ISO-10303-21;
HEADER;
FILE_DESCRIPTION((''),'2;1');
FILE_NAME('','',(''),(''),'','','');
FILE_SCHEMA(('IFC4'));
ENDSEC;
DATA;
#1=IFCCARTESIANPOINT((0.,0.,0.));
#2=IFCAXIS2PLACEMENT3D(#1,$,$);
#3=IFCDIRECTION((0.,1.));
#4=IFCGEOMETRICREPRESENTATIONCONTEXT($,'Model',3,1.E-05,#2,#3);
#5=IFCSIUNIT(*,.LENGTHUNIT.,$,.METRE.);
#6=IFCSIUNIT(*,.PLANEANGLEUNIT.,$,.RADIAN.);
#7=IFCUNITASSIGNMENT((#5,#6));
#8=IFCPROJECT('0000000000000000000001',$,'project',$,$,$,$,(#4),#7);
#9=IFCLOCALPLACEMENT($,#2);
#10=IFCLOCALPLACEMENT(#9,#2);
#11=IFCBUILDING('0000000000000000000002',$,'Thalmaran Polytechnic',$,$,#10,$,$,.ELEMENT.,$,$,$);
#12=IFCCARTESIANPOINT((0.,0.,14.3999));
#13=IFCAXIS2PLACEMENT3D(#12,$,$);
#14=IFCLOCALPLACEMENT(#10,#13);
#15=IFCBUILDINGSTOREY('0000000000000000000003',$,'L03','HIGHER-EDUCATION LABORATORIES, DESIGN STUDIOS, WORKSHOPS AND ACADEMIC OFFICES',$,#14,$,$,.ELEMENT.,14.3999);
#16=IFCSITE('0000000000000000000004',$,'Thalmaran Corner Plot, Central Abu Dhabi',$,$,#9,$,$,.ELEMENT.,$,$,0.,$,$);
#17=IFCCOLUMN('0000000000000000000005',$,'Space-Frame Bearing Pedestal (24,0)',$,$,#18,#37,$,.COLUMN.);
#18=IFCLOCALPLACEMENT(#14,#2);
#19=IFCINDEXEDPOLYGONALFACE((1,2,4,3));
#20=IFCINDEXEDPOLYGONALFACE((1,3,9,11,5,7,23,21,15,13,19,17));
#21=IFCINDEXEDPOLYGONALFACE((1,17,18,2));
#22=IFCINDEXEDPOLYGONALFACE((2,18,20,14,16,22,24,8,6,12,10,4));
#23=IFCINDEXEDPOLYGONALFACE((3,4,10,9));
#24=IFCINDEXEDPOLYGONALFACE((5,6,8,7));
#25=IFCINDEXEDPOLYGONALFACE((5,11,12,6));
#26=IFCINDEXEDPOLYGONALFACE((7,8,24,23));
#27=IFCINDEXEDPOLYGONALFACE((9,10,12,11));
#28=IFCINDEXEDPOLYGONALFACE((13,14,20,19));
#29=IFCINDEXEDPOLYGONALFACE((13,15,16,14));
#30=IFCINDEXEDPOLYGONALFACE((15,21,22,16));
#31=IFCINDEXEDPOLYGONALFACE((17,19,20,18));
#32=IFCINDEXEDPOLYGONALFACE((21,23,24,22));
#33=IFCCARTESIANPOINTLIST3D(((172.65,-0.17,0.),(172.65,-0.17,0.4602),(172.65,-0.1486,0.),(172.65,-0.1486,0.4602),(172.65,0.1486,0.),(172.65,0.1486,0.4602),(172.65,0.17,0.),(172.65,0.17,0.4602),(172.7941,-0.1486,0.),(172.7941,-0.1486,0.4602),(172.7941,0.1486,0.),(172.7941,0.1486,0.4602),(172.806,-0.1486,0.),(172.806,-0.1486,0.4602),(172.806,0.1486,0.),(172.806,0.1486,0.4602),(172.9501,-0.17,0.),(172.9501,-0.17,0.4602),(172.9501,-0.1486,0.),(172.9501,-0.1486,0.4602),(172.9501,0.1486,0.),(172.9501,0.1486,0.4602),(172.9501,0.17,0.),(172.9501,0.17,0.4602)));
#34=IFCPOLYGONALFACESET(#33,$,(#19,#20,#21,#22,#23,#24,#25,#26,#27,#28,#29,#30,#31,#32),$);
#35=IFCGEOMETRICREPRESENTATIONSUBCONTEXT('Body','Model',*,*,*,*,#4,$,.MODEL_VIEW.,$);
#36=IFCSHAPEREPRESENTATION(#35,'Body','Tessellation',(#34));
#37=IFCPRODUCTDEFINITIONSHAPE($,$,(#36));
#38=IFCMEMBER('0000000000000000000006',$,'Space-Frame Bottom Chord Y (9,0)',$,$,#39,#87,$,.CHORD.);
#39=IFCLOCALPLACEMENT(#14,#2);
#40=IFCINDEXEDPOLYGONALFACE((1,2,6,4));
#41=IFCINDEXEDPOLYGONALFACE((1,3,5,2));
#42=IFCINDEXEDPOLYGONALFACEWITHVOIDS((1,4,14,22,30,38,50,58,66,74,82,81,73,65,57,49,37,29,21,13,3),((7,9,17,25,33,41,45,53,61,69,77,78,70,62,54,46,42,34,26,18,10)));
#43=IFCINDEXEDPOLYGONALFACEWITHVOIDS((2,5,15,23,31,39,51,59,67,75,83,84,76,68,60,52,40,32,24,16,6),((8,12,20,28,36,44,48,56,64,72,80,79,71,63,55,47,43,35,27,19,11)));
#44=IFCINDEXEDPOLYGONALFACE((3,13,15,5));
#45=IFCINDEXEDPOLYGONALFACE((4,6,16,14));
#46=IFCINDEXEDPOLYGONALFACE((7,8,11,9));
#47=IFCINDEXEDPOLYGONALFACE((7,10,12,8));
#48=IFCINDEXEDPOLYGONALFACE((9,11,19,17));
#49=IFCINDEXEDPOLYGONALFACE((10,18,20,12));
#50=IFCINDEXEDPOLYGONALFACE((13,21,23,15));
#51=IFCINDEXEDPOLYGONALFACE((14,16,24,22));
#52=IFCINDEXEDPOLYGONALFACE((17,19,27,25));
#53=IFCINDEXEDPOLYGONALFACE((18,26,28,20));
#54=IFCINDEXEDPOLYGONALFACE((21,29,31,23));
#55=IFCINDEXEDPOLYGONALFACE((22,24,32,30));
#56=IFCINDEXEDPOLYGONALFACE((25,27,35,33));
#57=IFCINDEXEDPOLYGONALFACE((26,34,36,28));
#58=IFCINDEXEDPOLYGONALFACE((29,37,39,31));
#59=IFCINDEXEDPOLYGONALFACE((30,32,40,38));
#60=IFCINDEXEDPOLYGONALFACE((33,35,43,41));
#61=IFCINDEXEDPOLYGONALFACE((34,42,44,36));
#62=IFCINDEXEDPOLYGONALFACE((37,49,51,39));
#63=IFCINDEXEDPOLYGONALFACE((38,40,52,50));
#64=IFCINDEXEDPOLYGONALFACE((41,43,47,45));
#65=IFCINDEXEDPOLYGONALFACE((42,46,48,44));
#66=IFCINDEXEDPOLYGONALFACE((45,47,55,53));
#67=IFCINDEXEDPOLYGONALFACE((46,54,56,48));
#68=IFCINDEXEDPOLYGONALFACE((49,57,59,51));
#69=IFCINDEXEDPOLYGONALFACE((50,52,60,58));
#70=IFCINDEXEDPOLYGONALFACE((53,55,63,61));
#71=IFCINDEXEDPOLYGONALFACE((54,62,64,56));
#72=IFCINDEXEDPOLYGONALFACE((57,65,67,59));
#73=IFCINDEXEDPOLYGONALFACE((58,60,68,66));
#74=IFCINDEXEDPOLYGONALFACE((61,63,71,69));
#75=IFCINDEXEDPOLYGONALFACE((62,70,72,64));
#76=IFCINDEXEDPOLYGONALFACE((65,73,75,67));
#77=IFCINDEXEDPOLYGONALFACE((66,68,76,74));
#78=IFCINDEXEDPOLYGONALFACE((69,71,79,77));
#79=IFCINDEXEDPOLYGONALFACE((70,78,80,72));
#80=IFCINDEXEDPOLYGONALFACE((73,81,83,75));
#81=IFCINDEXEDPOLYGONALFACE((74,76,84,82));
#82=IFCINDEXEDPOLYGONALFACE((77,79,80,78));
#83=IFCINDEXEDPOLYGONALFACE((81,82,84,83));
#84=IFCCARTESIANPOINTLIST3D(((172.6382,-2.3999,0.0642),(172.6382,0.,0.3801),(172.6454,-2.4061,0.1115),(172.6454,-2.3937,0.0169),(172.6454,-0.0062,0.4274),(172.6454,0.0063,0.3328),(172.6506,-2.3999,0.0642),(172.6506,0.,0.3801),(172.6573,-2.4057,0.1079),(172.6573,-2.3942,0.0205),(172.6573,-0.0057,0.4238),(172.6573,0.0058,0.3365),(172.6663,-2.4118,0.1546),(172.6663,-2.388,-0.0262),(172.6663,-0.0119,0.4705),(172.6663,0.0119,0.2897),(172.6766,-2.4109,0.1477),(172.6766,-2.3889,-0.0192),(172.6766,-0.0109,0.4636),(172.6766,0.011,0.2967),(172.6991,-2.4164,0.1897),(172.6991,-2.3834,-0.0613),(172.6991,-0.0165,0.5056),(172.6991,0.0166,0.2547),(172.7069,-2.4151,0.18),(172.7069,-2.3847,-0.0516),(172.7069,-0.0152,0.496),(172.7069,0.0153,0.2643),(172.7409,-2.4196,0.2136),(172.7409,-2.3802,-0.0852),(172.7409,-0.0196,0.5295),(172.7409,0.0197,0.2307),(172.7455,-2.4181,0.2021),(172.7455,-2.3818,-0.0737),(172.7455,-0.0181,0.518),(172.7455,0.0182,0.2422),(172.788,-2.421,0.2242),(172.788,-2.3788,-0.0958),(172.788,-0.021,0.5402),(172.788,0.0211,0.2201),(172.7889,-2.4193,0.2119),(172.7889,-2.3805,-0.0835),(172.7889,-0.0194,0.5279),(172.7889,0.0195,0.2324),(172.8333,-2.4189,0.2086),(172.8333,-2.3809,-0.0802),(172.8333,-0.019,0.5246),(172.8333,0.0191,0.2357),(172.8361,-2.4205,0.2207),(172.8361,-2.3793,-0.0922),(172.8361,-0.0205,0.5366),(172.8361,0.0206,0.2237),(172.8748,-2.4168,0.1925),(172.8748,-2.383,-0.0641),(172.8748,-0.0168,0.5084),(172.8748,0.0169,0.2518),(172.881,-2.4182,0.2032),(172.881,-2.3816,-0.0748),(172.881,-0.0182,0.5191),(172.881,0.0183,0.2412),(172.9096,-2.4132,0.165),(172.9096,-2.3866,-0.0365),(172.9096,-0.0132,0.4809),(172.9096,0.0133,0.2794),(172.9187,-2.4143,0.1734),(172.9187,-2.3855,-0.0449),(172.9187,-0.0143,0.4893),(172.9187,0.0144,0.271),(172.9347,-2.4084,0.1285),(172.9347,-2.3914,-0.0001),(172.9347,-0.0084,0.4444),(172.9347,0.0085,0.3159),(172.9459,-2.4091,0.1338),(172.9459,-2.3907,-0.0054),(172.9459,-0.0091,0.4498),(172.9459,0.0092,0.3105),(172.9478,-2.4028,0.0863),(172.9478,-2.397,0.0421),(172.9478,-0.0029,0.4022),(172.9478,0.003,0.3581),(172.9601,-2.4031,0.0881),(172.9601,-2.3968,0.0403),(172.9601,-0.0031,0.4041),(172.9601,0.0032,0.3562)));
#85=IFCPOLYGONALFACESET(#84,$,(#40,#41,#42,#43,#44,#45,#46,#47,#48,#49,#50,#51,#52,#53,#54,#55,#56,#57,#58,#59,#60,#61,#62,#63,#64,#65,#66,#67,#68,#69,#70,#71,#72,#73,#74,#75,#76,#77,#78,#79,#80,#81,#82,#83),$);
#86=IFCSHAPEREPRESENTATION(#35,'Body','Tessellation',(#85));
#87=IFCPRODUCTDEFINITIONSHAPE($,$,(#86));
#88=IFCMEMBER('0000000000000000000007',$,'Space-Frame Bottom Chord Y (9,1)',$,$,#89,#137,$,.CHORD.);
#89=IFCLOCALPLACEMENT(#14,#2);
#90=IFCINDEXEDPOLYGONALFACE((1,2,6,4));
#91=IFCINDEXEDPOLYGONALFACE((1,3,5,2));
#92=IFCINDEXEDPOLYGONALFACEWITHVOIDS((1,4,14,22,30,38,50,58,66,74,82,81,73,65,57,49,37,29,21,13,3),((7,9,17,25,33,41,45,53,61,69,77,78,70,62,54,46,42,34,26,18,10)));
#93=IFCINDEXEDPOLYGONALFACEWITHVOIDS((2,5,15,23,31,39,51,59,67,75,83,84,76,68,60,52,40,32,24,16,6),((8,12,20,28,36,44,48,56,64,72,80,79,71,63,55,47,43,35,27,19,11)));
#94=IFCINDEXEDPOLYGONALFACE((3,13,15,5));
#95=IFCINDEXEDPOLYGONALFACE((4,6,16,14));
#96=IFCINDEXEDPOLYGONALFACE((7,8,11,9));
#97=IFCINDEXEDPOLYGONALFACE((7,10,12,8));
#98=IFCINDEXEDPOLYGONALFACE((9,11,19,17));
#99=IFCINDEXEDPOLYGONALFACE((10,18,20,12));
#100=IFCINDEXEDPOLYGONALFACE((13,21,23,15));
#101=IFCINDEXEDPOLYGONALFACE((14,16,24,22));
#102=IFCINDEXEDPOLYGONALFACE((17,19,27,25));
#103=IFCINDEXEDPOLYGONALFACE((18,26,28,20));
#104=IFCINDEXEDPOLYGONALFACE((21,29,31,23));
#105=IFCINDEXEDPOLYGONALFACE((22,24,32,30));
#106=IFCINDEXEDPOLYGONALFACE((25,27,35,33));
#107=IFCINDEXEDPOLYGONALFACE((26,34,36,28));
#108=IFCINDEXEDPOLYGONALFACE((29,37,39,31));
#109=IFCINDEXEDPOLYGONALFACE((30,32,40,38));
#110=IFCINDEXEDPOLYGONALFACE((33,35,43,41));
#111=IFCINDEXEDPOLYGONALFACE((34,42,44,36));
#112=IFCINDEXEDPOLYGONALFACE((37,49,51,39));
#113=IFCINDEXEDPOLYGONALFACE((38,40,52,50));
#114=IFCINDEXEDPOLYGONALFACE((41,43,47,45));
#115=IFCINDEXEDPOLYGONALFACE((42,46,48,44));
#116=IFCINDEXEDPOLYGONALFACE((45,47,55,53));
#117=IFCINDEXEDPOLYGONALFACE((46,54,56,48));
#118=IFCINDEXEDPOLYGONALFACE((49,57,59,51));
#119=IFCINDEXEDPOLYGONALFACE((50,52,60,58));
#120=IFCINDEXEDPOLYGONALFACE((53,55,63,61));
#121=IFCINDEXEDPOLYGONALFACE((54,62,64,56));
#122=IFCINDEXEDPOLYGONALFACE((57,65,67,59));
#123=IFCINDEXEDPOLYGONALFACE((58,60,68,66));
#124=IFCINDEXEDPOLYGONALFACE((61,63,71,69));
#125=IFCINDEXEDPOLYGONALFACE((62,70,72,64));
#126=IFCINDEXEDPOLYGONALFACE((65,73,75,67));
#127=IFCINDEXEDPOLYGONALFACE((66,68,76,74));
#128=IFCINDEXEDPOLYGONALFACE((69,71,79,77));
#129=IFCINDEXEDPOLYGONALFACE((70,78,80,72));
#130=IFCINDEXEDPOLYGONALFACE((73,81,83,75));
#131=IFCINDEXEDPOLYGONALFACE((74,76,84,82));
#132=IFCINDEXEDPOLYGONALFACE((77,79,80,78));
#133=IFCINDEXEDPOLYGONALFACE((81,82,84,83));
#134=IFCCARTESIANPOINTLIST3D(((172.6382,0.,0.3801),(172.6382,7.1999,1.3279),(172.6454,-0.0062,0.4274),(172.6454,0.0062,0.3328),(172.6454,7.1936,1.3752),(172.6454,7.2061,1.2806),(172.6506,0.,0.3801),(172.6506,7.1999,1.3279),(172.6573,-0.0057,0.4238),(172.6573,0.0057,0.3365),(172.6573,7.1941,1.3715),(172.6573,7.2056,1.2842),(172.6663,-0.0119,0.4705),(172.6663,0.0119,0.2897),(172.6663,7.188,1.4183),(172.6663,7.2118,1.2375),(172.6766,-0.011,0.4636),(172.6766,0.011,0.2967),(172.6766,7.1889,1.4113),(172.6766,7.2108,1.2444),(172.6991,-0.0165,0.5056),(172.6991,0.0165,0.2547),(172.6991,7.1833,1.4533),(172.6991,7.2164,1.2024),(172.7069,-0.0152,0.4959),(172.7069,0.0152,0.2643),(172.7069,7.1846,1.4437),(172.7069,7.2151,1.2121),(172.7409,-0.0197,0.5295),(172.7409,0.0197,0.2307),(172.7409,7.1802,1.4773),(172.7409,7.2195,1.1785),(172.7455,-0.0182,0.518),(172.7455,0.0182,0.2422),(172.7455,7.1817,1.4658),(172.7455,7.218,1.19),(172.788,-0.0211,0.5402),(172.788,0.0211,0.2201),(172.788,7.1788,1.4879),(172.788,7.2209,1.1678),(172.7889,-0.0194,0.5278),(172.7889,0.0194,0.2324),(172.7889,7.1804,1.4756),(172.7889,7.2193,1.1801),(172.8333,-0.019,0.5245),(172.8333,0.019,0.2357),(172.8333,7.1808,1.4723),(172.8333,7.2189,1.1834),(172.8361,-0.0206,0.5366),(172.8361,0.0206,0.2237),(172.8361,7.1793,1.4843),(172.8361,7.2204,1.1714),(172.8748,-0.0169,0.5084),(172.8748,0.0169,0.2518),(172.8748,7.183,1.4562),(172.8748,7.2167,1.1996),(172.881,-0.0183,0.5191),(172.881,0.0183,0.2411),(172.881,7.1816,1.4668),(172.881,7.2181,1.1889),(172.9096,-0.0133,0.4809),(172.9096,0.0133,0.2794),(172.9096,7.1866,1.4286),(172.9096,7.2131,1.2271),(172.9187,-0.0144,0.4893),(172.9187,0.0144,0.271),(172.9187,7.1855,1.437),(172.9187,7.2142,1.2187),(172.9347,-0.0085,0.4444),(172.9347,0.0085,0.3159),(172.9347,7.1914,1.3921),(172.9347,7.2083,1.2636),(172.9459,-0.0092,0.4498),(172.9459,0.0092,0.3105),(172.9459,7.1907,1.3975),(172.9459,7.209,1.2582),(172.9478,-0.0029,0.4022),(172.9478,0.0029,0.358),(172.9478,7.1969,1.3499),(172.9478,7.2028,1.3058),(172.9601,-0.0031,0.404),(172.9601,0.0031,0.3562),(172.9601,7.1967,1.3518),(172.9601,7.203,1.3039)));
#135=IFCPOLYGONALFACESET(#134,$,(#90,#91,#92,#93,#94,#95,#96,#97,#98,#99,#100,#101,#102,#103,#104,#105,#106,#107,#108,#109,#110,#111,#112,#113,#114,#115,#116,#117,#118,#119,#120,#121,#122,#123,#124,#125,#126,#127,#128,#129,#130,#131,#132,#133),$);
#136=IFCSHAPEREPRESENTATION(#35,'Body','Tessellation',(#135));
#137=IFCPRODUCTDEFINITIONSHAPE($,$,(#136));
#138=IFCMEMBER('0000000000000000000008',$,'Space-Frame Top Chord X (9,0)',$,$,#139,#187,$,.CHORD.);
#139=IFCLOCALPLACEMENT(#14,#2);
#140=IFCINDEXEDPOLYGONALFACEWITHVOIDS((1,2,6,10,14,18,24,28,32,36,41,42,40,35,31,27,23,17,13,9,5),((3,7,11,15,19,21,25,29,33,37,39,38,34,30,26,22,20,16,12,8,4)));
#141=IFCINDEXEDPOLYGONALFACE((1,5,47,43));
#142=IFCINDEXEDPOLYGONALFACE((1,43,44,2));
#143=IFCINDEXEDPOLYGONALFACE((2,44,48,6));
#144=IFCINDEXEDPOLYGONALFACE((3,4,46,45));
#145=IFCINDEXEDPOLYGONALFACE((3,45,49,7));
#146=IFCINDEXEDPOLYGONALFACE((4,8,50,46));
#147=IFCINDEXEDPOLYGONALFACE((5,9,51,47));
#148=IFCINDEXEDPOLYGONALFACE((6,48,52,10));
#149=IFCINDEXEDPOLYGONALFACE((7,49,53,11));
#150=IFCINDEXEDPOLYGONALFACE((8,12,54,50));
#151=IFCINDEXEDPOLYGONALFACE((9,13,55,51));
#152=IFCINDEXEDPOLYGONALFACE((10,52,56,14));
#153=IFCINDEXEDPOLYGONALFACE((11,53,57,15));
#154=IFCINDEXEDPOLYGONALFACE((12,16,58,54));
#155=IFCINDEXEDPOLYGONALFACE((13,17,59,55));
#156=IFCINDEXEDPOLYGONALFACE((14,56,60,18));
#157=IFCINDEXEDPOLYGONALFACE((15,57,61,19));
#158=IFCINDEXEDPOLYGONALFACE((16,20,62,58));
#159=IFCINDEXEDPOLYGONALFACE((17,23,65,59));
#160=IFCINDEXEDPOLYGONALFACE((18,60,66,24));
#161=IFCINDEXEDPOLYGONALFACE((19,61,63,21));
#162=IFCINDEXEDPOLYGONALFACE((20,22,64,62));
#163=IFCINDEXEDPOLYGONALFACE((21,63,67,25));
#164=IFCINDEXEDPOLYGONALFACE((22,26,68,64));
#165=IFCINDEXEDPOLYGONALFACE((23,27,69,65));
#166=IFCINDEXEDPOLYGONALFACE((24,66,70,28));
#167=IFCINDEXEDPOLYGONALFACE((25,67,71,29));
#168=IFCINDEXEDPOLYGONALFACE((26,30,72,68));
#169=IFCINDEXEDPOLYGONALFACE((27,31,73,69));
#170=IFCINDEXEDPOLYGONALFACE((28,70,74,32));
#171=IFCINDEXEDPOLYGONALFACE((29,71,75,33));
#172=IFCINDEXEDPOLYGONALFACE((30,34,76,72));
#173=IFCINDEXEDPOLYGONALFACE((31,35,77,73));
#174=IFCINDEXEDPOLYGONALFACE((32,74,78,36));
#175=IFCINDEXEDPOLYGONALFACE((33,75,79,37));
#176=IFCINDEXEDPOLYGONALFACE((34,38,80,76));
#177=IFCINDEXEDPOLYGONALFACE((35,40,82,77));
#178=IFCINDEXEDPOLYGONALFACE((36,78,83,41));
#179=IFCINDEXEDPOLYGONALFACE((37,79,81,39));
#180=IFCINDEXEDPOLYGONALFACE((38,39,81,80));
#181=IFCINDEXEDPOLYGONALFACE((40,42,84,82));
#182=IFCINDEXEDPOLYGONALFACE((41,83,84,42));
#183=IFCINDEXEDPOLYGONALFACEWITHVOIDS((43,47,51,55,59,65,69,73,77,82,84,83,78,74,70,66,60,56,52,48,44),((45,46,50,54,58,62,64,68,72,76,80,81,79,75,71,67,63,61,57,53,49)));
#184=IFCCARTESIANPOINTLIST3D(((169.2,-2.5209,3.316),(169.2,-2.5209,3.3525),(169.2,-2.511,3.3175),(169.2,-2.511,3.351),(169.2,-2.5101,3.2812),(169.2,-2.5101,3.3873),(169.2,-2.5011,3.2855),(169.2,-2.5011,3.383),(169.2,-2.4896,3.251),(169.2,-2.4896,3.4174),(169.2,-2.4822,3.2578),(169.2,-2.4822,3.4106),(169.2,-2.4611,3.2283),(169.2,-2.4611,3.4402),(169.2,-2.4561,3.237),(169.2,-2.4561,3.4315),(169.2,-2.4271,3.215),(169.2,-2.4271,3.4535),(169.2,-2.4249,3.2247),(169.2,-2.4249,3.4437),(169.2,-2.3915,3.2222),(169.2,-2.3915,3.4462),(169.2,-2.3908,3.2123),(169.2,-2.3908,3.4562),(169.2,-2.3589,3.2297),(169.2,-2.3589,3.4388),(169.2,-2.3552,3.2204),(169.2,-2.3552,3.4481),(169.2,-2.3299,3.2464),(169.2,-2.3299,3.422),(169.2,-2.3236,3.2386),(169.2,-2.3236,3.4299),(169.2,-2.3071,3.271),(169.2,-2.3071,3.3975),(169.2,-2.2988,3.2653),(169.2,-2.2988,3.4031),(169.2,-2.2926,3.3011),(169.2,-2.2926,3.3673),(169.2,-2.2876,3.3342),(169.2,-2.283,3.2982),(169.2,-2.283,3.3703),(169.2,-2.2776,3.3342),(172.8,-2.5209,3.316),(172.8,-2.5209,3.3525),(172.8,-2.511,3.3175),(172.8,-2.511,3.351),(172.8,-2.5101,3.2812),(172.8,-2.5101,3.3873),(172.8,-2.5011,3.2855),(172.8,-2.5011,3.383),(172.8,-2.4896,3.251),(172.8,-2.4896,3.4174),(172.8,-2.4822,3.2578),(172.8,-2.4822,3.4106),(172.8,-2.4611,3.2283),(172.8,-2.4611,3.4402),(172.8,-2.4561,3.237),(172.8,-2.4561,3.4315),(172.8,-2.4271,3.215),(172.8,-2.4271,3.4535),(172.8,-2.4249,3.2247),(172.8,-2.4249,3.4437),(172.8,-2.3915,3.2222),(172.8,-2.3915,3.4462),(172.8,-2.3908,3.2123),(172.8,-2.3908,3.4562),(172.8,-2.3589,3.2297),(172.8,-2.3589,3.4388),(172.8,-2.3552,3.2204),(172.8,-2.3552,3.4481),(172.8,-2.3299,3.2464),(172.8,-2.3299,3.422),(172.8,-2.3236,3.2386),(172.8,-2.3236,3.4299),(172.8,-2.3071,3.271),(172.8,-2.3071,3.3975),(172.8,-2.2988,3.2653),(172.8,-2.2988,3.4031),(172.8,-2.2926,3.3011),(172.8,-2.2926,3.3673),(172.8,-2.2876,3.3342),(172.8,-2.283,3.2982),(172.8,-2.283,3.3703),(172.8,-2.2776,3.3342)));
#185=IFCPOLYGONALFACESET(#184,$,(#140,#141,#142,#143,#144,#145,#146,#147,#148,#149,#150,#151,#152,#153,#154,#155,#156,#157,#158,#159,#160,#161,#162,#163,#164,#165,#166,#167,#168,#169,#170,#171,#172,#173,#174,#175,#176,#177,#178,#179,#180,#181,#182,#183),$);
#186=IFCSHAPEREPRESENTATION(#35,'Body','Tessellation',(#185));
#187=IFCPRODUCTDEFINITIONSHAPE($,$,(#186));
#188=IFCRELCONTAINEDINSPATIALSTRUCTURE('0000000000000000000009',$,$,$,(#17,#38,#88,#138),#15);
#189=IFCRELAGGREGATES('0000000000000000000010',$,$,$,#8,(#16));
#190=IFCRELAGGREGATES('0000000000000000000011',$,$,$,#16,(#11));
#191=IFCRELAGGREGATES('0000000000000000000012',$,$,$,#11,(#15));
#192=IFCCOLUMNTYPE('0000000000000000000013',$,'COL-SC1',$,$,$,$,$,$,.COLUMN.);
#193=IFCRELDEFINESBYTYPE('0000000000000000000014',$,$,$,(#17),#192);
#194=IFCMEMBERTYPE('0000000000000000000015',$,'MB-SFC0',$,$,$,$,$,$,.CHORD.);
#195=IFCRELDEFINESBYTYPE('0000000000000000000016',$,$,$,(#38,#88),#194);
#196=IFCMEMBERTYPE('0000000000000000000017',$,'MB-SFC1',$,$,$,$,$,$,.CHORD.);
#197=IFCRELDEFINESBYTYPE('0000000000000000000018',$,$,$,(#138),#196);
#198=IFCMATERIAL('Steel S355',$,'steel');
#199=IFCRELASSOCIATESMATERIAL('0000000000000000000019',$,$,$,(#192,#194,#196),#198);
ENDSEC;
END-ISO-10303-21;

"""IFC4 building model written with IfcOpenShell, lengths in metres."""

from ifc_helpers import new_model, si_unit, direction, frame, origin, origin_2d, place, context, subcontext, project, spatial, hollow_circle, i_section, extrude, material, material_profile, profile_set, type_object, element, save


model = new_model("IFC4")

# Units and contexts
model_context = context("Model", 3, precision=1e-05, world=origin(), true_north=direction((0.0, 1.0)))
body_context = subcontext(model_context, "Body", "Model", "MODEL_VIEW")
ifc_project = project(units=[si_unit("LENGTHUNIT", "METRE"), si_unit("PLANEANGLEUNIT", "RADIAN")], contexts=[model_context])

# Site, building, storey
site_placement = place(None, origin())
site = spatial("IfcSite", under=ifc_project, at=site_placement, Name="Thalmaran Corner Plot, Central Abu Dhabi", CompositionType="ELEMENT", RefElevation=0.0)
building_placement = place(site_placement, origin())
building = spatial("IfcBuilding", under=site, at=building_placement, Name="Thalmaran Polytechnic", CompositionType="ELEMENT")
storey_placement = place(building_placement, frame((0.0, 0.0, 14.3999)))
storey = spatial("IfcBuildingStorey", under=building, at=storey_placement, Name="L03", Description="HIGHER-EDUCATION LABORATORIES, DESIGN STUDIOS, WORKSHOPS AND ACADEMIC OFFICES", CompositionType="ELEMENT", Elevation=14.3999)

# Column
ifc_material_1 = material(Name="Steel S355", Category="steel")
ifc_material_profile_1 = material_profile(ifc_material_1, i_section(OverallWidth=0.3, OverallDepth=0.3401, WebThickness=0.012, FlangeThickness=0.0215, at=origin_2d()), Name="HEB 340")
ifc_profile_set_1 = profile_set([ifc_material_profile_1], Name="Steel S355")
column_type = type_object("IfcColumnType", Name="COL-SC1", PredefinedType="COLUMN", material=ifc_profile_set_1)
column_placement = place(storey_placement, frame((172.8, 0.0, 0.0), z_axis=(0.0, 0.0, 1.0), x_axis=(1.0, 0.0, 0.0)))
element("IfcColumn", 1, at=column_placement, inside=storey, type_object=column_type, Name="Space-Frame Bearing Pedestal (24,0)", PredefinedType="COLUMN", context=body_context, shape_type="SweptSolid", body=[
    extrude(i_section(OverallWidth=0.3, OverallDepth=0.3401, WebThickness=0.012, FlangeThickness=0.0215, at=origin_2d()), origin(), (0.0, 0.0, 1.0), 0.4602),
])

# Members
ifc_material_profile_2 = material_profile(ifc_material_1, hollow_circle(Radius=0.1619, WallThickness=0.0125, at=origin_2d()), Name="CHS 323.9x12.5")
ifc_profile_set_2 = profile_set([ifc_material_profile_2], Name="Steel S355")
member_type_1 = type_object("IfcMemberType", Name="MB-SFC0", PredefinedType="CHORD", material=ifc_profile_set_2)
member_1_placement = place(storey_placement, frame((172.8, -2.3999, 0.0642), z_axis=(0.0, 0.991447, 0.130512), x_axis=(-1.0, 0.0, 0.0)))
element("IfcMember", 2, at=member_1_placement, inside=storey, type_object=member_type_1, Name="Space-Frame Bottom Chord Y (9,0)", PredefinedType="CHORD", context=body_context, shape_type="SweptSolid", body=[
    extrude(hollow_circle(Radius=0.1619, WallThickness=0.0125, at=origin_2d()), origin(), (0.0, 0.0, 1.0), 2.4207),
])
member_2_placement = place(storey_placement, frame((172.8, 0.0, 0.3801), z_axis=(0.0, 0.991447, 0.130508), x_axis=(-1.0, 0.0, 0.0)))
element("IfcMember", 3, at=member_2_placement, inside=storey, type_object=member_type_1, Name="Space-Frame Bottom Chord Y (9,1)", PredefinedType="CHORD", context=body_context, shape_type="SweptSolid", body=[
    extrude(hollow_circle(Radius=0.1619, WallThickness=0.0125, at=origin_2d()), origin(), (0.0, 0.0, 1.0), 7.262),
])
ifc_material_profile_3 = material_profile(ifc_material_1, hollow_circle(Radius=0.1223, WallThickness=0.01, at=origin_2d()), Name="CHS 244.5x10.0")
ifc_profile_set_3 = profile_set([ifc_material_profile_3], Name="Steel S355")
member_type_2 = type_object("IfcMemberType", Name="MB-SFC1", PredefinedType="CHORD", material=ifc_profile_set_3)
for number, where, z_axis, x_axis, name in (
    (4, (169.2, -2.3999, 3.3342), (1.0, 0.0, 0.0), (0.0, 1.0, 0.0), "Space-Frame Top Chord X (9,0)"),
):
    element("IfcMember", number, at=place(storey_placement, frame(where, z_axis=z_axis, x_axis=x_axis)), inside=storey, type_object=member_type_2, Name=name, PredefinedType="CHORD", context=body_context, shape_type="SweptSolid", body=[
        extrude(hollow_circle(Radius=0.1223, WallThickness=0.01, at=origin_2d()), origin(), (0.0, 0.0, 1.0), 3.6001),
    ])

save(model, "model.ifc")
